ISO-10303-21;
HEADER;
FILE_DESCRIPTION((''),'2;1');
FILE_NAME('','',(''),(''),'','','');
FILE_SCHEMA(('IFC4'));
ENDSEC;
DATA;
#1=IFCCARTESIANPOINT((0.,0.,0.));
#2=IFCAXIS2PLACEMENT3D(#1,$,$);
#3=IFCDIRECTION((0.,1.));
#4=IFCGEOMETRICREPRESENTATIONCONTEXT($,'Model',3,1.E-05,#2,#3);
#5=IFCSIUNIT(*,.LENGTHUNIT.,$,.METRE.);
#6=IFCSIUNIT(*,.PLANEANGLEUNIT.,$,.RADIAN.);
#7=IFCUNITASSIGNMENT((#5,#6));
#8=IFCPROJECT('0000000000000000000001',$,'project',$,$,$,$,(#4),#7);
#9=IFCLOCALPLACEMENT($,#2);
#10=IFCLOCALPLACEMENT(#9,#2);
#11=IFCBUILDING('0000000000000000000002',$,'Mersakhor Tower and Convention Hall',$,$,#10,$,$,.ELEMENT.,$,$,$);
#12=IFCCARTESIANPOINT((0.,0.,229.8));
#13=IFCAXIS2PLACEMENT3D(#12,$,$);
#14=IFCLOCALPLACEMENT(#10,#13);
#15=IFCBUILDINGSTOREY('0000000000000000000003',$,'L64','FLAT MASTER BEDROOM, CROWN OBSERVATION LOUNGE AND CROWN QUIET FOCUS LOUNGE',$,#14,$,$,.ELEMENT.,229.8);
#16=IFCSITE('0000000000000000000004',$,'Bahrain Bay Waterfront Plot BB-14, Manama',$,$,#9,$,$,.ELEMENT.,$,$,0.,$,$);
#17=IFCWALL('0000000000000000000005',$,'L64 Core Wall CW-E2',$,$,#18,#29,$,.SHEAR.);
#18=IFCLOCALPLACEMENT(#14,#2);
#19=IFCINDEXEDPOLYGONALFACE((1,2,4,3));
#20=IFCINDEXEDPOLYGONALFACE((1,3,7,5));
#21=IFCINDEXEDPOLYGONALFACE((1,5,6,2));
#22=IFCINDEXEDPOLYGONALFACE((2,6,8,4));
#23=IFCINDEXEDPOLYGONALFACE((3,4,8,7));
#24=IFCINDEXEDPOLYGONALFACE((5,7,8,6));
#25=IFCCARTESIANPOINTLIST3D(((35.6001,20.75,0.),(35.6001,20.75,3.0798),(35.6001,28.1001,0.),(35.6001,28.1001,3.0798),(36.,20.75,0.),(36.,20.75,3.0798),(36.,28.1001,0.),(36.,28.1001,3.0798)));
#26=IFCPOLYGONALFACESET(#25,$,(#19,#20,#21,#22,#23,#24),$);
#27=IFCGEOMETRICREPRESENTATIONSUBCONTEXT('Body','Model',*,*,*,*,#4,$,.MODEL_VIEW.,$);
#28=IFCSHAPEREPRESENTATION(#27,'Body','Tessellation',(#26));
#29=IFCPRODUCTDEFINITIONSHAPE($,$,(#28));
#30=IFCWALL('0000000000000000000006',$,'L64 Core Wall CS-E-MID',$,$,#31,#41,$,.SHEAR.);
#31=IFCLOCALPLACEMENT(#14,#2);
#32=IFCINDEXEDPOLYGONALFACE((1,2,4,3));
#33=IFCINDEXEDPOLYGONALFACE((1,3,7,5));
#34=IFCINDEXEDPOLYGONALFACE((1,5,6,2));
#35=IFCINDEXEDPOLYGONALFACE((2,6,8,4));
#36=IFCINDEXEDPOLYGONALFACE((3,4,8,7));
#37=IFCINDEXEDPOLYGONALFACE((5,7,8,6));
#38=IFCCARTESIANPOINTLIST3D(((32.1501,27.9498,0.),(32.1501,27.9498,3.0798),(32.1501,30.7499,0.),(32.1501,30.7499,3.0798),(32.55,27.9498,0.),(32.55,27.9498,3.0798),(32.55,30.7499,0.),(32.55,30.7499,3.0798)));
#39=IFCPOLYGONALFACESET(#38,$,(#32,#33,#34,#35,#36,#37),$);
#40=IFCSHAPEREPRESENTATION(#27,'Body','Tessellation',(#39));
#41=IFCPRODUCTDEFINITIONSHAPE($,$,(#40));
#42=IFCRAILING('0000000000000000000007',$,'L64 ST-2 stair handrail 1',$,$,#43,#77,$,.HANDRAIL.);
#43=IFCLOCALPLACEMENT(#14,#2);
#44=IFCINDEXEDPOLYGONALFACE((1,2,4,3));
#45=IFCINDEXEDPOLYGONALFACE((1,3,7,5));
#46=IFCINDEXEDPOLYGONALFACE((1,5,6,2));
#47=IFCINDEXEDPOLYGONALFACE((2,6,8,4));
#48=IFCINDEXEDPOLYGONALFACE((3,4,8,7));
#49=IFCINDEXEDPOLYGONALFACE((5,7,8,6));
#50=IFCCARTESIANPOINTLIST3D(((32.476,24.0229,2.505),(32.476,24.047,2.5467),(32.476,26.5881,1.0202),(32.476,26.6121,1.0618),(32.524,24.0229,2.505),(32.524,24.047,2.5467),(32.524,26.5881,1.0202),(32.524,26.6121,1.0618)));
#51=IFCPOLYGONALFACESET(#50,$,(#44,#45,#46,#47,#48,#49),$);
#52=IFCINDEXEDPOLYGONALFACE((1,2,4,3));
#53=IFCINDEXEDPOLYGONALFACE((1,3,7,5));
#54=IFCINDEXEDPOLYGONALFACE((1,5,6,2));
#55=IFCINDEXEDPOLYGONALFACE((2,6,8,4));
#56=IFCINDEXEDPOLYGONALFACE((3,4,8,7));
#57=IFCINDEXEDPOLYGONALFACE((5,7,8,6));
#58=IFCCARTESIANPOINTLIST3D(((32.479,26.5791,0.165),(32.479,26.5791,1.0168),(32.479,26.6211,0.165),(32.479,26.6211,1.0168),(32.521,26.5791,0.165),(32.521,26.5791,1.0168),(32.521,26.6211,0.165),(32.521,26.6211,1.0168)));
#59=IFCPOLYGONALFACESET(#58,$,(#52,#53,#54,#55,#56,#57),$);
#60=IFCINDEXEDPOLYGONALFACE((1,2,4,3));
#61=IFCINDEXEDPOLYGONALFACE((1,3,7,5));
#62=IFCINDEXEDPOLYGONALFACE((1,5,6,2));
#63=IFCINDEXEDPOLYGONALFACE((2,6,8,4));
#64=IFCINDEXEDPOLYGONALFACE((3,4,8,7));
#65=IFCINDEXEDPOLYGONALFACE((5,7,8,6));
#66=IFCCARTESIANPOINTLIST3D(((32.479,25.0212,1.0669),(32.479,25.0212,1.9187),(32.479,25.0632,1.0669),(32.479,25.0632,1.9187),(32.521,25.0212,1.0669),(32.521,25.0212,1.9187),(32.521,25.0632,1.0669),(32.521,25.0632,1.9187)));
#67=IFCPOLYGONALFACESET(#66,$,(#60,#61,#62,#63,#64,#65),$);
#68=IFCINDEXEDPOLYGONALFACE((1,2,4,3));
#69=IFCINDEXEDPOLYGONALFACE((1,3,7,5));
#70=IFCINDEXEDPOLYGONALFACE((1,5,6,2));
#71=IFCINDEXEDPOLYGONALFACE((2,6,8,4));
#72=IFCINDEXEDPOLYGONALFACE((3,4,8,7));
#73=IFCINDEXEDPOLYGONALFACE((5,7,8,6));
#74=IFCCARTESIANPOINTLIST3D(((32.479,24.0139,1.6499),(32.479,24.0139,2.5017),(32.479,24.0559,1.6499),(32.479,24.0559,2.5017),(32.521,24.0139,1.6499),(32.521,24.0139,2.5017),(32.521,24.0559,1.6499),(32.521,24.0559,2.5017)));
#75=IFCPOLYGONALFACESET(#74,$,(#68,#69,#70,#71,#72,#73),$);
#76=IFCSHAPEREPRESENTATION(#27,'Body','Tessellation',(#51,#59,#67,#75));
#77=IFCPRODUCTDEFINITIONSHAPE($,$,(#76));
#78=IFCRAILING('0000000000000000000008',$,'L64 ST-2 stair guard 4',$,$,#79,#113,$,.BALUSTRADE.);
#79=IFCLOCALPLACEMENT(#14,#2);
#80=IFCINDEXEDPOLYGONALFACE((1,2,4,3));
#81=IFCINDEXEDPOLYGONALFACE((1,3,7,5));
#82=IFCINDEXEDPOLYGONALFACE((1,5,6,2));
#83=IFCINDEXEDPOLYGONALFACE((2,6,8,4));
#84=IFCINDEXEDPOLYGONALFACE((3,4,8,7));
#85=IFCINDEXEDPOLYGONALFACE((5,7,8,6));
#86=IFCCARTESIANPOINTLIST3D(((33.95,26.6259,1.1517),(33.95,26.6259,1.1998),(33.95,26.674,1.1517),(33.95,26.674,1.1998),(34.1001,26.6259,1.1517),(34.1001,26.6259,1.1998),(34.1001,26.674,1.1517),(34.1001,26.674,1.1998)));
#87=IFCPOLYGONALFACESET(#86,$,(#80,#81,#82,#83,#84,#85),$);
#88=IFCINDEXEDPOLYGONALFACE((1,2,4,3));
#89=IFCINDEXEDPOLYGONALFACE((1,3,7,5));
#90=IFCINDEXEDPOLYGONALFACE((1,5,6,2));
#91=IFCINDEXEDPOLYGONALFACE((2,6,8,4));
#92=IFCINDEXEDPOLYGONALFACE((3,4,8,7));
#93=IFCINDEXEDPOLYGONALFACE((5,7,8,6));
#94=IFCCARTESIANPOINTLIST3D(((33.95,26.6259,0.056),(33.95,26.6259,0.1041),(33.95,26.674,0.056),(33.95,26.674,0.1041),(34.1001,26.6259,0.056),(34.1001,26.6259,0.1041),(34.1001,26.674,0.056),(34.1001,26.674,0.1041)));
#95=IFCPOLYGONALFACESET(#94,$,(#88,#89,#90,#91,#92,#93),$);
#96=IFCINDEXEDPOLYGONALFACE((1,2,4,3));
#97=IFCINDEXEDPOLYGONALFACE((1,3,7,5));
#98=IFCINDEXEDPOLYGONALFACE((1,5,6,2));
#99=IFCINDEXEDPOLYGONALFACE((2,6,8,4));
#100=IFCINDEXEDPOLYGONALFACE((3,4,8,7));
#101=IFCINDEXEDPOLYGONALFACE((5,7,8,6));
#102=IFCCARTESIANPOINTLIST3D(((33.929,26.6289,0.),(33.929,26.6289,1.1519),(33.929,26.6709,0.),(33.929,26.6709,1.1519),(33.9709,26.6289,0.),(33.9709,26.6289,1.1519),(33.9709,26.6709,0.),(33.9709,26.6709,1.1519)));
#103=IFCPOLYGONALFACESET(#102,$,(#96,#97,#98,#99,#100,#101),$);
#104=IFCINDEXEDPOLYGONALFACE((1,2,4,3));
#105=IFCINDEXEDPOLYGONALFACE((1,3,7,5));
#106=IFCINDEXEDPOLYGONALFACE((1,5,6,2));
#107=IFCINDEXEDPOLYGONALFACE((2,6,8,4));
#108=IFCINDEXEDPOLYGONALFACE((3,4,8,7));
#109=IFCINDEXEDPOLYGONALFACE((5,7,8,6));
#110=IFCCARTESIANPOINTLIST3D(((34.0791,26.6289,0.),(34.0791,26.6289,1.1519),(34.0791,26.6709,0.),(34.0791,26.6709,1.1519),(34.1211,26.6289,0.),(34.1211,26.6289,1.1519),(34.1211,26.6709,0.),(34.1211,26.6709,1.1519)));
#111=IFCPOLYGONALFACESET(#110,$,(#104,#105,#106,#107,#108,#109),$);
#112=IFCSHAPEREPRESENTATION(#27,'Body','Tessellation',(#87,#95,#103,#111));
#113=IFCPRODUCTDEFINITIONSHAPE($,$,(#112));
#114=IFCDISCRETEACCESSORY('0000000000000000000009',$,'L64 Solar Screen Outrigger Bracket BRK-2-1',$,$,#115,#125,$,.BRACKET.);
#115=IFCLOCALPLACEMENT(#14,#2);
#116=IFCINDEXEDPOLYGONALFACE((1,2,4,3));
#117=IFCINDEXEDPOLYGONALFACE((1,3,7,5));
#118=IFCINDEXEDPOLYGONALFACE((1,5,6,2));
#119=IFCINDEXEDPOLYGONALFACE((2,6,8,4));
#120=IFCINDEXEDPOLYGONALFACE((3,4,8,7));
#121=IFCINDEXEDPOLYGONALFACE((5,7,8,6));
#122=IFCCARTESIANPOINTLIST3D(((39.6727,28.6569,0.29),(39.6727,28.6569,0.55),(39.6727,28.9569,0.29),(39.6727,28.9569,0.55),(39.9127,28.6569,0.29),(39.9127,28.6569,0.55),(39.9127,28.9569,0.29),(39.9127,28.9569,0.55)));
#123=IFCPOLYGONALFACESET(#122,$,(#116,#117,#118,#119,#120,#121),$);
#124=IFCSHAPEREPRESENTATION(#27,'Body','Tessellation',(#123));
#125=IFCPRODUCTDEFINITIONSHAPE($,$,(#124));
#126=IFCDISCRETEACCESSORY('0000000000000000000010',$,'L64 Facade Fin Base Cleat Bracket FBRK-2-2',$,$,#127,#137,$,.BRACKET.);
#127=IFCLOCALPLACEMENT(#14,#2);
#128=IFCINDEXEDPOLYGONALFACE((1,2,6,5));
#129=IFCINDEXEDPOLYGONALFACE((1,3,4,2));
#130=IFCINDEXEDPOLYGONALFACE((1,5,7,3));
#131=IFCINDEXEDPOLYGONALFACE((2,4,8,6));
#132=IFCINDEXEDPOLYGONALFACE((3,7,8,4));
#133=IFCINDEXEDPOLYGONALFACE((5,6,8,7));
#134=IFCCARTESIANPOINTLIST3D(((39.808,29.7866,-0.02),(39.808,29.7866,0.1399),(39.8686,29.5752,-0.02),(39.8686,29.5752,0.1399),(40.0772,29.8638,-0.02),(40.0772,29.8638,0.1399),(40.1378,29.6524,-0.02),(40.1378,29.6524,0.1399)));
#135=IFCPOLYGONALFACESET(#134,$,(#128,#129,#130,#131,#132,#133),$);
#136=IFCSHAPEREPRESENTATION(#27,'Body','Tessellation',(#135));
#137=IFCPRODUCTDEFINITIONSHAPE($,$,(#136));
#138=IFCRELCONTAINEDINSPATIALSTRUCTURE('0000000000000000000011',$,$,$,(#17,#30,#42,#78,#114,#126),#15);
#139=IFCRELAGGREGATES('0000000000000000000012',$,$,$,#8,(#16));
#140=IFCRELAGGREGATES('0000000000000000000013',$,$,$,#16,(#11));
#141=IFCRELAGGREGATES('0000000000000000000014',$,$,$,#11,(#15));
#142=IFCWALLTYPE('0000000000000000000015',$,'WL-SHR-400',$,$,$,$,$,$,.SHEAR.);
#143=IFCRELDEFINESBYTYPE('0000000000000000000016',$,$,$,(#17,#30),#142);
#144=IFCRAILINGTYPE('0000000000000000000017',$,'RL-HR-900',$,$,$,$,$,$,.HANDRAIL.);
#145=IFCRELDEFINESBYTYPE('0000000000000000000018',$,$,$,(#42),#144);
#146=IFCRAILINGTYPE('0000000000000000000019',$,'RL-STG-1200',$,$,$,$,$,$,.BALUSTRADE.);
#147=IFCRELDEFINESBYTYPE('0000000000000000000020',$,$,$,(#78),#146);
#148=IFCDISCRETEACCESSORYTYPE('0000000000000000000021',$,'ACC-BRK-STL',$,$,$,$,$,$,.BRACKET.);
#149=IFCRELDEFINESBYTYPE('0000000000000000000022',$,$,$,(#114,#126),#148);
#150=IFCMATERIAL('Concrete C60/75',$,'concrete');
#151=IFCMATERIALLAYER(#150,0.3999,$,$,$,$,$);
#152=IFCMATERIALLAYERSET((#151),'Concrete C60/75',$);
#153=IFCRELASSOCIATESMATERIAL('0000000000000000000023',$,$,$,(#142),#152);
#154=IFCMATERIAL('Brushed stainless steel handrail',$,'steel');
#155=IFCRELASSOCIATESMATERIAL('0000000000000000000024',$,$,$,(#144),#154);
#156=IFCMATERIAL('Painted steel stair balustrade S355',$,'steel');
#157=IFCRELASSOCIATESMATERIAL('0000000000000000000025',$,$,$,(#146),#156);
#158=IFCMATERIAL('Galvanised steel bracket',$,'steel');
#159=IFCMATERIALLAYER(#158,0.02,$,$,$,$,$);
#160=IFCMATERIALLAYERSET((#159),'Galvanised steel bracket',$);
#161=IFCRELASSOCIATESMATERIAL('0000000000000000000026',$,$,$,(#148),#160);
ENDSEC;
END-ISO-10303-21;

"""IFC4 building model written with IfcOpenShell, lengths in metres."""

from ifc_helpers import new_model, si_unit, direction, frame, frame_2d, origin, origin_2d, place, context, subcontext, project, spatial, rectangle, extrude, material, layer, layer_set, type_object, element, save


model = new_model("IFC4")

# Units and contexts
model_context = context("Model", 3, precision=1e-05, world=origin(), true_north=direction((0.0, 1.0)))
body_context = subcontext(model_context, "Body", "Model", "MODEL_VIEW")
ifc_project = project(units=[si_unit("LENGTHUNIT", "METRE"), si_unit("PLANEANGLEUNIT", "RADIAN")], contexts=[model_context])

# Site, building, storey
site_placement = place(None, origin())
site = spatial("IfcSite", under=ifc_project, at=site_placement, Name="Bahrain Bay Waterfront Plot BB-14, Manama", CompositionType="ELEMENT", RefElevation=0.0)
building_placement = place(site_placement, origin())
building = spatial("IfcBuilding", under=site, at=building_placement, Name="Mersakhor Tower and Convention Hall", CompositionType="ELEMENT")
storey_placement = place(building_placement, frame((0.0, 0.0, 229.8)))
storey = spatial("IfcBuildingStorey", under=building, at=storey_placement, Name="L64", Description="FLAT MASTER BEDROOM, CROWN OBSERVATION LOUNGE AND CROWN QUIET FOCUS LOUNGE", CompositionType="ELEMENT", Elevation=229.8)

# Shared definitions
ifc_material_1 = material(Name="Concrete C60/75", Category="concrete")
ifc_layer_1 = layer(ifc_material_1, 0.3999)
ifc_layer_set_1 = layer_set([ifc_layer_1], Name="Concrete C60/75")
wall_type_1 = type_object("IfcWallType", Name="WL-SHR-400", PredefinedType="SHEAR", material=ifc_layer_set_1)

# Walls
wall_1_placement = place(storey_placement, frame((35.8, 28.1001, 0.0), z_axis=(0.0, 0.0, 1.0), x_axis=(0.0, -1.0, 0.0)))
element("IfcWall", 1, at=wall_1_placement, inside=storey, type_object=wall_type_1, Name="L64 Core Wall CW-E2", PredefinedType="SHEAR", context=body_context, shape_type="SweptSolid", body=[
    extrude(rectangle(XDim=7.3501, YDim=0.3999, at=frame_2d((3.675, 0.0))), origin(), (0.0, 0.0, 1.0), 3.0798),
])
wall_2_placement = place(storey_placement, frame((32.3501, 27.95, 0.0), z_axis=(0.0, 0.0, 1.0), x_axis=(0.0, 1.0, 0.0)))
element("IfcWall", 2, at=wall_2_placement, inside=storey, type_object=wall_type_1, Name="L64 Core Wall CS-E-MID", PredefinedType="SHEAR", context=body_context, shape_type="SweptSolid", body=[
    extrude(rectangle(XDim=2.8, YDim=0.3999, at=frame_2d((1.3999, 0.0))), origin(), (0.0, 0.0, 1.0), 3.0798),
])

# Railings
ifc_material_2 = material(Name="Brushed stainless steel handrail", Category="steel")
railing_type_1 = type_object("IfcRailingType", Name="RL-HR-900", PredefinedType="HANDRAIL", material=ifc_material_2)
railing_1_placement = place(storey_placement, frame((32.5, 26.6001, 0.165)))
element("IfcRailing", 3, at=railing_1_placement, inside=storey, type_object=railing_type_1, Name="L64 ST-2 stair handrail 1", PredefinedType="HANDRAIL", context=body_context, shape_type="SweptSolid", body=[
    extrude(rectangle(XDim=0.0481, YDim=0.0481, at=origin_2d()), frame((0.0, 0.0, 0.876), z_axis=(0.0, -0.865462, 0.500975), x_axis=(1.0, 0.0, 0.0)), (0.0, 0.0, 1.0), 2.9639),
    extrude(rectangle(XDim=0.042, YDim=0.042, at=origin_2d()), origin(), (0.0, 0.0, 1.0), 0.8518),
    extrude(rectangle(XDim=0.042, YDim=0.042, at=origin_2d()), frame((0.0, -1.5579, 0.9019)), (0.0, 0.0, 1.0), 0.8518),
    extrude(rectangle(XDim=0.042, YDim=0.042, at=origin_2d()), frame((0.0, -2.5652, 1.4849)), (0.0, 0.0, 1.0), 0.8518),
])
ifc_material_3 = material(Name="Painted steel stair balustrade S355", Category="steel")
railing_type_2 = type_object("IfcRailingType", Name="RL-STG-1200", PredefinedType="BALUSTRADE", material=ifc_material_3)
railing_2_placement = place(storey_placement, frame((33.95, 26.6499, 0.0)))
element("IfcRailing", 4, at=railing_2_placement, inside=storey, type_object=railing_type_2, Name="L64 ST-2 stair guard 4", PredefinedType="BALUSTRADE", context=body_context, shape_type="SweptSolid", body=[
    extrude(rectangle(XDim=0.0481, YDim=0.0481, at=origin_2d()), frame((0.0, 0.0, 1.1758), z_axis=(1.0, 0.0, 0.0), x_axis=(0.0, 1.0, 0.0)), (0.0, 0.0, 1.0), 0.1501),
    extrude(rectangle(XDim=0.0481, YDim=0.0481, at=origin_2d()), frame((0.0, 0.0, 0.0801), z_axis=(1.0, 0.0, 0.0), x_axis=(0.0, 1.0, 0.0)), (0.0, 0.0, 1.0), 0.1501),
    extrude(rectangle(XDim=0.042, YDim=0.042, at=origin_2d()), origin(), (0.0, 0.0, 1.0), 1.1519),
    extrude(rectangle(XDim=0.042, YDim=0.042, at=origin_2d()), frame((0.1501, 0.0, 0.0)), (0.0, 0.0, 1.0), 1.1519),
])

# Discrete accessories
ifc_material_4 = material(Name="Galvanised steel bracket", Category="steel")
ifc_layer_2 = layer(ifc_material_4, 0.02)
ifc_layer_set_2 = layer_set([ifc_layer_2], Name="Galvanised steel bracket")
discrete_accessory_type = type_object("IfcDiscreteAccessoryType", Name="ACC-BRK-STL", PredefinedType="BRACKET", material=ifc_layer_set_2)
discrete_accessory_1_placement = place(storey_placement, frame((39.7927, 28.8069, 0.29), z_axis=(0.0, 0.0, 1.0), x_axis=(0.0, -1.0, 0.0)))
element("IfcDiscreteAccessory", 5, at=discrete_accessory_1_placement, inside=storey, type_object=discrete_accessory_type, Name="L64 Solar Screen Outrigger Bracket BRK-2-1", PredefinedType="BRACKET", context=body_context, shape_type="SweptSolid", body=[
    extrude(rectangle(XDim=0.3, YDim=0.24, at=origin_2d()), origin(), (0.0, 0.0, 1.0), 0.26),
])
discrete_accessory_2_placement = place(storey_placement, frame((39.9729, 29.7195, -0.02), z_axis=(0.0, 0.0, 1.0), x_axis=(0.961262, 0.275637, 0.0)))
element("IfcDiscreteAccessory", 6, at=discrete_accessory_2_placement, inside=storey, type_object=discrete_accessory_type, Name="L64 Facade Fin Base Cleat Bracket FBRK-2-2", PredefinedType="BRACKET", context=body_context, shape_type="SweptSolid", body=[
    extrude(rectangle(XDim=0.28, YDim=0.22, at=origin_2d()), origin(), (0.0, 0.0, 1.0), 0.1599),
])

save(model, "model.ifc")
